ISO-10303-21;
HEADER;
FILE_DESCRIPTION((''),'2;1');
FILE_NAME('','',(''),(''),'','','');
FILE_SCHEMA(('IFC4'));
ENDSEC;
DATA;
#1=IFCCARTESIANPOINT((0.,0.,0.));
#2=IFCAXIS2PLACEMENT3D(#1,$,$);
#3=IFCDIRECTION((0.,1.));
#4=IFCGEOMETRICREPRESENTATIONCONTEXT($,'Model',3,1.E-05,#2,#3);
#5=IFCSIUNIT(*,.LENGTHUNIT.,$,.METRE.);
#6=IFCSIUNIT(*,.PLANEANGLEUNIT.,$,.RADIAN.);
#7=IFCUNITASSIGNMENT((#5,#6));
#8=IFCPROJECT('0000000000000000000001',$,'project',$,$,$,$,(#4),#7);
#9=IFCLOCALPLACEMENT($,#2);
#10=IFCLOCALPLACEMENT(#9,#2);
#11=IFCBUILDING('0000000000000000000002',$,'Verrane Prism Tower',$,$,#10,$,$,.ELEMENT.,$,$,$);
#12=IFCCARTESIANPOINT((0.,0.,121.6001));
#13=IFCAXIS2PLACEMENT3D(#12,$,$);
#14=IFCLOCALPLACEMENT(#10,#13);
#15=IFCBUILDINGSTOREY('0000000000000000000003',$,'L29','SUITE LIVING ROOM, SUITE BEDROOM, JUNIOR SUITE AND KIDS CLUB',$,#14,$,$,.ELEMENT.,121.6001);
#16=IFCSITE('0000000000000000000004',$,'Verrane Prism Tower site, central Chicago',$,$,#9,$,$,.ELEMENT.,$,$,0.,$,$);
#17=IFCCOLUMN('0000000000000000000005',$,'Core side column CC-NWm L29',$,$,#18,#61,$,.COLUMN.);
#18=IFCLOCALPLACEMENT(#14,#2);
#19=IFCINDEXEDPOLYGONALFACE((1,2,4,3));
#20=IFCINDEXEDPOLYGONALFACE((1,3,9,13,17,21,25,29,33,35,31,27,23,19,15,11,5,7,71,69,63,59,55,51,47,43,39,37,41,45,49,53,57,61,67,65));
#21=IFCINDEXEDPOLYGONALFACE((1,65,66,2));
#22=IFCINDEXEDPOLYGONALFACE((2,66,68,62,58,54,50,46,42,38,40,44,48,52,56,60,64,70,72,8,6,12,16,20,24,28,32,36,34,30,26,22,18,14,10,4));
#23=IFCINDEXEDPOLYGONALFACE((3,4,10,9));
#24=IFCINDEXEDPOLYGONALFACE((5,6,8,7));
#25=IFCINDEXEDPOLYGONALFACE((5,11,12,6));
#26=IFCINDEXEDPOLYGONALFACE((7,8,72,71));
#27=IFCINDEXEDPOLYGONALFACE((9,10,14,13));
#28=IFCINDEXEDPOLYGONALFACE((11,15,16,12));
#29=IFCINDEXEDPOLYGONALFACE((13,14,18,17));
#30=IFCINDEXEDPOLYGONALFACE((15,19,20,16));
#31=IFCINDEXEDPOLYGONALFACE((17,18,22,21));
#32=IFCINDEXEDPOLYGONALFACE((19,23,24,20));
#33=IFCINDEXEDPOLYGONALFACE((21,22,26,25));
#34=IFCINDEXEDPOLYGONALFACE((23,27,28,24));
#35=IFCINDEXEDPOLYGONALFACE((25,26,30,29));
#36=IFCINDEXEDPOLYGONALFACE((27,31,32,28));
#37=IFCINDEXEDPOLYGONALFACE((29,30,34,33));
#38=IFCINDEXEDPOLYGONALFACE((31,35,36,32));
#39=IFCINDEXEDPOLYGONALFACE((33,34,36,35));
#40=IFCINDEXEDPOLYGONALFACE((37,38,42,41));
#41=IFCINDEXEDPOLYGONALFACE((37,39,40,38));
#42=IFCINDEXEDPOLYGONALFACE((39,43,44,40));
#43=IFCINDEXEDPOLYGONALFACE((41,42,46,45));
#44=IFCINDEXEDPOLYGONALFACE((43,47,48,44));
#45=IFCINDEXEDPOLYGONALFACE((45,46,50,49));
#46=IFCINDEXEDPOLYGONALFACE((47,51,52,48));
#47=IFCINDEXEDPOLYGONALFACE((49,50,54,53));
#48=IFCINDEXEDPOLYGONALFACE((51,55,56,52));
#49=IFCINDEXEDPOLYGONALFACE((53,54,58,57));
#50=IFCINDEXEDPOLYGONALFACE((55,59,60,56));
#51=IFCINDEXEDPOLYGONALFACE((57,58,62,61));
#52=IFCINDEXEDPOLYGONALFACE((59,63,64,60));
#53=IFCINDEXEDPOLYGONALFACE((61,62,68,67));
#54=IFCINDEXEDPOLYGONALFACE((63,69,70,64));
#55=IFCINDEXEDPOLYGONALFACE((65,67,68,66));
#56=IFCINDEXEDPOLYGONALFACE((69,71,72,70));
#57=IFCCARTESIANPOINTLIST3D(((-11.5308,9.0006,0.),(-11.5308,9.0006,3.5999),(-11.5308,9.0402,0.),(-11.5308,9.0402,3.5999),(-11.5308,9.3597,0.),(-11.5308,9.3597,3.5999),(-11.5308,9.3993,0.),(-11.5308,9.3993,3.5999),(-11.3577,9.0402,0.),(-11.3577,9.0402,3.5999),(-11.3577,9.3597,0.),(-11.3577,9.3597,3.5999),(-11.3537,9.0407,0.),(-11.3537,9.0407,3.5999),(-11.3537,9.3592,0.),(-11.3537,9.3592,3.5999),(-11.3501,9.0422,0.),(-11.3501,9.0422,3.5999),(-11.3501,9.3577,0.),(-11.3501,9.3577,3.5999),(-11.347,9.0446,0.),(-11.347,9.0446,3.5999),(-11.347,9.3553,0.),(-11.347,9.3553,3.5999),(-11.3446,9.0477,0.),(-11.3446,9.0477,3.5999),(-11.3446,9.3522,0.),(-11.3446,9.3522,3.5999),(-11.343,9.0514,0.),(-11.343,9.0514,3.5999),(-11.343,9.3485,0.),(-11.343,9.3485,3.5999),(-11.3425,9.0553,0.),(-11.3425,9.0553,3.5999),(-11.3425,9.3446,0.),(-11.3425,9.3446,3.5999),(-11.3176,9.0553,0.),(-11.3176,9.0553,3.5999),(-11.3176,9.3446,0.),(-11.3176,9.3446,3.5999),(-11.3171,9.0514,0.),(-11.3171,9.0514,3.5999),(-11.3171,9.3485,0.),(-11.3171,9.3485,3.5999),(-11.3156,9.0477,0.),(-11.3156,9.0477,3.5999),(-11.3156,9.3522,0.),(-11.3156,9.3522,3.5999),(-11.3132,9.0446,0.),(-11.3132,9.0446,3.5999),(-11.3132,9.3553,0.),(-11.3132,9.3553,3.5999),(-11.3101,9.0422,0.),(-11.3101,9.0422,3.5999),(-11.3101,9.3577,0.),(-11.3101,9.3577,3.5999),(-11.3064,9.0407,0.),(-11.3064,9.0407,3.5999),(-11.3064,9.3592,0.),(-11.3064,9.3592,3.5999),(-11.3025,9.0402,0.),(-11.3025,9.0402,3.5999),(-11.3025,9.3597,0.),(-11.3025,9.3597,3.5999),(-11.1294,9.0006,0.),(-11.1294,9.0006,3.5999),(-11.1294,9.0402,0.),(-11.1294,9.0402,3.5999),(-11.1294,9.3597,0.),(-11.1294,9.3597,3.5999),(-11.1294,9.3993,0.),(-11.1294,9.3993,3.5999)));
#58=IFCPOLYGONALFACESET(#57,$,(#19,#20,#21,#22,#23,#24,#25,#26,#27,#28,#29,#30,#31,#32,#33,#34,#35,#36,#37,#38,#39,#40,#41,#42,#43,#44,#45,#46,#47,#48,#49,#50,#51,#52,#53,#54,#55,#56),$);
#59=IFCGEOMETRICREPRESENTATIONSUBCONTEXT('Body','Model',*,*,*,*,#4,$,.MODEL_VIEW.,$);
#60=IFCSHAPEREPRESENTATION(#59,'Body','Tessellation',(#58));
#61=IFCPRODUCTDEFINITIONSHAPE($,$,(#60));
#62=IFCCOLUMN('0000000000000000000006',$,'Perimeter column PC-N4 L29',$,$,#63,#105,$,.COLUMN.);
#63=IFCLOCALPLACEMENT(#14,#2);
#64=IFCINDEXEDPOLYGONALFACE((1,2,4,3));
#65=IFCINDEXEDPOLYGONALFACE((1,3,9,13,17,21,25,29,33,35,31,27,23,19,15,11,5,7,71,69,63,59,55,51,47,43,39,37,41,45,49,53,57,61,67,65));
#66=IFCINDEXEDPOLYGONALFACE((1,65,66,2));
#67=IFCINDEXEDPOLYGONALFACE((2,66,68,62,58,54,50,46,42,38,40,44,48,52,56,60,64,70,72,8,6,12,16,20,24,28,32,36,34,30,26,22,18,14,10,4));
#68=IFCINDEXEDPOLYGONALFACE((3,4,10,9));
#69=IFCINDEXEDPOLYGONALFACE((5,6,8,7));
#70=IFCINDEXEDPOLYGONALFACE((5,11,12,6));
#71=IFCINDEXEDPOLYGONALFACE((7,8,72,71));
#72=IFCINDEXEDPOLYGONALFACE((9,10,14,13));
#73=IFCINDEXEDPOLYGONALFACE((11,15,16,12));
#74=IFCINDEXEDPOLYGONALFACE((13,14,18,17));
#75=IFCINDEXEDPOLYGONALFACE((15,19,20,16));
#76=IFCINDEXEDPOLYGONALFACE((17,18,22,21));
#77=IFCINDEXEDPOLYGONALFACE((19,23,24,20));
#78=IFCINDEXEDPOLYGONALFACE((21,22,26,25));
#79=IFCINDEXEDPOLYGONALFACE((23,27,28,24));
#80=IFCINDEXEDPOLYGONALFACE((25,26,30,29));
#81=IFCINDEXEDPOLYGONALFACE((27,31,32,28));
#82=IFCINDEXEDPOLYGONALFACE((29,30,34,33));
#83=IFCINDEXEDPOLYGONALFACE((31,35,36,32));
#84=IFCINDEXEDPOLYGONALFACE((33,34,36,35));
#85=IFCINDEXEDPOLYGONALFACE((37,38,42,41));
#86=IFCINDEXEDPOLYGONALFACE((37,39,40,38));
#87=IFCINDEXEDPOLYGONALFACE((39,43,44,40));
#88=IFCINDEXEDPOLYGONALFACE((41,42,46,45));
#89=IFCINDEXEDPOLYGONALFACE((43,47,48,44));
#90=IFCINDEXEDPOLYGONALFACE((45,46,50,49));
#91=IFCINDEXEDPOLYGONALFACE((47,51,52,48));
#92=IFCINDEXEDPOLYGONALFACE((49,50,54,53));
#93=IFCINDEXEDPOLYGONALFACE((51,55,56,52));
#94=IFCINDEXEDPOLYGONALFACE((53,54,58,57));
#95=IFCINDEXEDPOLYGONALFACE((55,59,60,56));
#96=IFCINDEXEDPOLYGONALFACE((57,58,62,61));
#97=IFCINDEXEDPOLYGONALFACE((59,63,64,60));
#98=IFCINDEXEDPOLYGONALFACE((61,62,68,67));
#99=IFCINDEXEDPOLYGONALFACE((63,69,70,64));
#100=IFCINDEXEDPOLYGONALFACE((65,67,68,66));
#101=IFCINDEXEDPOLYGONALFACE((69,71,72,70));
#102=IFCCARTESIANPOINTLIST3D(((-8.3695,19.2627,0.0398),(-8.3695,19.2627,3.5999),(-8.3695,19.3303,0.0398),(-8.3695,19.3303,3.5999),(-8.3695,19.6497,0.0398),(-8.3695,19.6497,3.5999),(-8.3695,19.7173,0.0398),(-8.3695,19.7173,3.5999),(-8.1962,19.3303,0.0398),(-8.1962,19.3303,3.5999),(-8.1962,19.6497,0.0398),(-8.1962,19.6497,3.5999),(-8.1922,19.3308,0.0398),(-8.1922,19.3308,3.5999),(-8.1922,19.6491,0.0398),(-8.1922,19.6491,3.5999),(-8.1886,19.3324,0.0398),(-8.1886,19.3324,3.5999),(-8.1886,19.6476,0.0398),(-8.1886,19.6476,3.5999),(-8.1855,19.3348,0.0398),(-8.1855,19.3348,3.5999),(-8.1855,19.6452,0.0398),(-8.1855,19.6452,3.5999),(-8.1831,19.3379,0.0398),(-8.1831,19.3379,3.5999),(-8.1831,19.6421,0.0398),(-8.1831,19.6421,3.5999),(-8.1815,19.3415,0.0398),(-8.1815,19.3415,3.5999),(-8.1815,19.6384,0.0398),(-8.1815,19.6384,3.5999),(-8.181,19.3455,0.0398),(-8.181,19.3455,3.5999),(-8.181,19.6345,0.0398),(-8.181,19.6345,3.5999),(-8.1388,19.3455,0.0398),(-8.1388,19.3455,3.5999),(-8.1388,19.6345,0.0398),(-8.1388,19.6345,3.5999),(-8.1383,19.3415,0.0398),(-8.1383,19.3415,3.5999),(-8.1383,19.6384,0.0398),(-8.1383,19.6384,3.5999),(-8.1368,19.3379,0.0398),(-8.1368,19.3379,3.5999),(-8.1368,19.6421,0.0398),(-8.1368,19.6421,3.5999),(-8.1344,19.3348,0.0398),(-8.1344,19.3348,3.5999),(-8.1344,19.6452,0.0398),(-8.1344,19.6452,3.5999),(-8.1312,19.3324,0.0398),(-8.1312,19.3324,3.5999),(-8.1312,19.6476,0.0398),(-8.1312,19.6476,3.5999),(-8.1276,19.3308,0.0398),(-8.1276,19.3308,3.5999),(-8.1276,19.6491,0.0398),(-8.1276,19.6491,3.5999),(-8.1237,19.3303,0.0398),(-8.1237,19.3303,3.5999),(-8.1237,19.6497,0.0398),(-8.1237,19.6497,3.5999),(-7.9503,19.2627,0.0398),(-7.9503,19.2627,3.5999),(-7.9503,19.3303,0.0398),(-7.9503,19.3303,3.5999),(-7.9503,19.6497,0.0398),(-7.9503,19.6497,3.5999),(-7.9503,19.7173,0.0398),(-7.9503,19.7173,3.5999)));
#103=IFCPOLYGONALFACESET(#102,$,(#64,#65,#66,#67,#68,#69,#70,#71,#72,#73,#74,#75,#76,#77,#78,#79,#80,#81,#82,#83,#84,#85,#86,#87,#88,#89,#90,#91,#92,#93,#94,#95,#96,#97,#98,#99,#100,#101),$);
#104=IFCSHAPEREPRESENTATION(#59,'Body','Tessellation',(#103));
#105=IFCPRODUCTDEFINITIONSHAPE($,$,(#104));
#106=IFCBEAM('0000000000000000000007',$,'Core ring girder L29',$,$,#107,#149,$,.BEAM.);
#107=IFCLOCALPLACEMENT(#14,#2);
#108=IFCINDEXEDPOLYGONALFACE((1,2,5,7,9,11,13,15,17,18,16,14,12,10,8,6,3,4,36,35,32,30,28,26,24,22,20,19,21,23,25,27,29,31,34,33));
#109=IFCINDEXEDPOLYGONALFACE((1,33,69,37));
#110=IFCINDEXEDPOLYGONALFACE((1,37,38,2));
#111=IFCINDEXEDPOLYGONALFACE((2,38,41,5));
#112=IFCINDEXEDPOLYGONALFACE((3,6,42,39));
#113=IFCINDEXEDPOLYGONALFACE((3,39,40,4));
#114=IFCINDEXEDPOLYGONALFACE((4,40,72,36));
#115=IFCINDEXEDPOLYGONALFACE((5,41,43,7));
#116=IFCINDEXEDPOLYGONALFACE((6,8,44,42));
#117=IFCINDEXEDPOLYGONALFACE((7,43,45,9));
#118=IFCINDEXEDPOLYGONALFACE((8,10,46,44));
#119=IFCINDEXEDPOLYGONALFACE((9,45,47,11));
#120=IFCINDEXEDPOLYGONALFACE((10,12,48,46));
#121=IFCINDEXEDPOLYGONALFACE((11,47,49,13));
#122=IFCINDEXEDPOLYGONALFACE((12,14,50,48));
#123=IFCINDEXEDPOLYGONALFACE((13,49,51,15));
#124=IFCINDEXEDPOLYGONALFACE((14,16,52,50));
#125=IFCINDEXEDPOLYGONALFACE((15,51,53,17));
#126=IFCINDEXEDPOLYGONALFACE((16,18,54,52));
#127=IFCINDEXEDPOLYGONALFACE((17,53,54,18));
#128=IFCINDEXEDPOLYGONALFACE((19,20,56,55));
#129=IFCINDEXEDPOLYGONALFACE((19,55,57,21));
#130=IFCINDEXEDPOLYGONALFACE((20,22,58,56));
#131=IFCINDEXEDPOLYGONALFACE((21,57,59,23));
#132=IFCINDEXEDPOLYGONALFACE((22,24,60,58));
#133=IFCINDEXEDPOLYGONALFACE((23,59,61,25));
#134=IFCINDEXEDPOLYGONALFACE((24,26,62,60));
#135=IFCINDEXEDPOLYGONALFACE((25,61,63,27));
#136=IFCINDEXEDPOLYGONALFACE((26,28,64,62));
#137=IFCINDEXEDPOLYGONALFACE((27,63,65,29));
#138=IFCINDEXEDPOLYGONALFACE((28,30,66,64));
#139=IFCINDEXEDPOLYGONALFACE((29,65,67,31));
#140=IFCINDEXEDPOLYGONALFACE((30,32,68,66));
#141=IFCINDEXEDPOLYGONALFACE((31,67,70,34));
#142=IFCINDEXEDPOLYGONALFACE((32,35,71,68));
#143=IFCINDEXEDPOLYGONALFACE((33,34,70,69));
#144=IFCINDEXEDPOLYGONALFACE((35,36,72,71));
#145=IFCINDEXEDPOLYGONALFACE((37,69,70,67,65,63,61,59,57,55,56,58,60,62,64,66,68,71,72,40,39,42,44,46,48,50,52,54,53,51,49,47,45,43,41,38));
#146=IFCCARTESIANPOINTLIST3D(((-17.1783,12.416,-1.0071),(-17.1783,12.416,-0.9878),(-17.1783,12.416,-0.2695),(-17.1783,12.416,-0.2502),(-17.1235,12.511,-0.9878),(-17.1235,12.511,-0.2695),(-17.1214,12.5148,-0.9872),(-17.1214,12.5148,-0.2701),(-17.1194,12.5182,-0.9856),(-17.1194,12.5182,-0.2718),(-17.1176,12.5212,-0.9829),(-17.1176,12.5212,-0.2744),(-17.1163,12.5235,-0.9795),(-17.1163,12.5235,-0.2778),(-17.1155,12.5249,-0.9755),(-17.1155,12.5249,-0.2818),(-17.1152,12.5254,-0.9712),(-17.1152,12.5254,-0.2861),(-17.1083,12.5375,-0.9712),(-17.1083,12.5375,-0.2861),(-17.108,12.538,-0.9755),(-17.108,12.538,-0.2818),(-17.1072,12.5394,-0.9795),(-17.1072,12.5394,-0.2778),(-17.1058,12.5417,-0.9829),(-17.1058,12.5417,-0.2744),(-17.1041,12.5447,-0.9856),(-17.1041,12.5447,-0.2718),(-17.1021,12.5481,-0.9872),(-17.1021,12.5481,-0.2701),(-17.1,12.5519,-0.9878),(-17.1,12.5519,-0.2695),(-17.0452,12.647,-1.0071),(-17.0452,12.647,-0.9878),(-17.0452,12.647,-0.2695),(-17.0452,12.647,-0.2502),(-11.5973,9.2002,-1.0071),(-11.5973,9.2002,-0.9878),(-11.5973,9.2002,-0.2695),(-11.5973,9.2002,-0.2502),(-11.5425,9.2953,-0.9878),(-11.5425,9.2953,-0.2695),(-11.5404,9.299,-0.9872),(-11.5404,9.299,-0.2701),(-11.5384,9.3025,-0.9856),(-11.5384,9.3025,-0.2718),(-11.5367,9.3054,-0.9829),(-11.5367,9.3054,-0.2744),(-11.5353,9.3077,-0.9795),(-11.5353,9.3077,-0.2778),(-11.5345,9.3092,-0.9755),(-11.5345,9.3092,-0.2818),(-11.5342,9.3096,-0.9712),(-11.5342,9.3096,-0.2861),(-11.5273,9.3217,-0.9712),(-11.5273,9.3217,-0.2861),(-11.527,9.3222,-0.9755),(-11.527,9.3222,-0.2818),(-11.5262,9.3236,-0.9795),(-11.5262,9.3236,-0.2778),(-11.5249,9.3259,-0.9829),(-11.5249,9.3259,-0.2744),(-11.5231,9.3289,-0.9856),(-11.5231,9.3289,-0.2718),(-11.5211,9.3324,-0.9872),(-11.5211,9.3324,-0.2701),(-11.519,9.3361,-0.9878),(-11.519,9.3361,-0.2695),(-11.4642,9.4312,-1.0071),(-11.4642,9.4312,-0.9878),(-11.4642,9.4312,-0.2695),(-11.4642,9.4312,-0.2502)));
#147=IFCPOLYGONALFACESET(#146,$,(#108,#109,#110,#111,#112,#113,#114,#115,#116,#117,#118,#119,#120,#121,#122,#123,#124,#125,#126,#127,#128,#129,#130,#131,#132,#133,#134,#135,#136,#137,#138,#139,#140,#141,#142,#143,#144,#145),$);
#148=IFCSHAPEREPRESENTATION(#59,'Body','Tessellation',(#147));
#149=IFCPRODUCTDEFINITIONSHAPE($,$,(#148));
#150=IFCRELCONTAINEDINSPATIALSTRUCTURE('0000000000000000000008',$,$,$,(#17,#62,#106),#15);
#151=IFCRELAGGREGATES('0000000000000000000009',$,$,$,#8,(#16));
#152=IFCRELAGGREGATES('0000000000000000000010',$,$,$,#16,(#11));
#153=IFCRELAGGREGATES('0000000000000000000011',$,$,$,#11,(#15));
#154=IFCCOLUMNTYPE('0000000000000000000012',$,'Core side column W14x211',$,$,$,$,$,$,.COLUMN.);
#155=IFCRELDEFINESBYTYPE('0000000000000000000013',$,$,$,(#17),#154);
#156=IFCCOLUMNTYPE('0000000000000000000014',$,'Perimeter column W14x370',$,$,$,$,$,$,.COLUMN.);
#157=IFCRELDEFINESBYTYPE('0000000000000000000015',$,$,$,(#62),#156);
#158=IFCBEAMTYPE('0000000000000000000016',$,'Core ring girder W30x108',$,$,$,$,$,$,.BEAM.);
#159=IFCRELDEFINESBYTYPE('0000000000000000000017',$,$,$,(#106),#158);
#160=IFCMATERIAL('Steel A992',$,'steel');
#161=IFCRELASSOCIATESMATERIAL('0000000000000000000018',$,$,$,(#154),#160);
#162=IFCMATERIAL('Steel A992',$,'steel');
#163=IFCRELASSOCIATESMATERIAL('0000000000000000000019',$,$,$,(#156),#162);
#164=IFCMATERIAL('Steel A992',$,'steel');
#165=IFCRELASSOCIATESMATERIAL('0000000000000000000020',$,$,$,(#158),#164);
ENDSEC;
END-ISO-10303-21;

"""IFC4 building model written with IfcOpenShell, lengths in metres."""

from ifc_helpers import new_model, si_unit, direction, frame, origin, origin_2d, place, context, subcontext, project, spatial, i_section, extrude, material, material_profile, profile_set, type_object, element, save


model = new_model("IFC4")

# Units and contexts
model_context = context("Model", 3, precision=1e-05, world=origin(), true_north=direction((0.0, 1.0)))
body_context = subcontext(model_context, "Body", "Model", "MODEL_VIEW")
ifc_project = project(units=[si_unit("LENGTHUNIT", "METRE"), si_unit("PLANEANGLEUNIT", "RADIAN")], contexts=[model_context])

# Site, building, storey
site_placement = place(None, origin())
site = spatial("IfcSite", under=ifc_project, at=site_placement, Name="Verrane Prism Tower site, central Chicago", CompositionType="ELEMENT", RefElevation=0.0)
building_placement = place(site_placement, origin())
building = spatial("IfcBuilding", under=site, at=building_placement, Name="Verrane Prism Tower", CompositionType="ELEMENT")
storey_placement = place(building_placement, frame((0.0, 0.0, 121.6001)))
storey = spatial("IfcBuildingStorey", under=building, at=storey_placement, Name="L29", Description="SUITE LIVING ROOM, SUITE BEDROOM, JUNIOR SUITE AND KIDS CLUB", CompositionType="ELEMENT", Elevation=121.6001)

# Columns
ifc_material_1 = material(Name="Steel A992", Category="steel")
ifc_material_profile_1 = material_profile(ifc_material_1, i_section(OverallWidth=0.4014, OverallDepth=0.3987, WebThickness=0.0249, FlangeThickness=0.0396, FilletRadius=0.0151, at=origin_2d()), Name="W14x211")
ifc_profile_set_1 = profile_set([ifc_material_profile_1], Name="Steel A992")
column_type_1 = type_object("IfcColumnType", Name="Core side column W14x211", PredefinedType="COLUMN", material=ifc_profile_set_1)
column_1_placement = place(storey_placement, frame((-11.3301, 9.2, 0.0), z_axis=(0.0, 0.0, 1.0), x_axis=(1.0, 0.0, 0.0)))
element("IfcColumn", 1, at=column_1_placement, inside=storey, type_object=column_type_1, Name="Core side column CC-NWm L29", PredefinedType="COLUMN", context=body_context, shape_type="SweptSolid", body=[
    extrude(i_section(OverallWidth=0.4014, OverallDepth=0.3987, WebThickness=0.0249, FlangeThickness=0.0396, FilletRadius=0.0151, at=origin_2d()), origin(), (0.0, 0.0, 1.0), 3.5999),
])
ifc_material_2 = material(Name="Steel A992", Category="steel")
ifc_material_profile_2 = material_profile(ifc_material_2, i_section(OverallWidth=0.4192, OverallDepth=0.4546, WebThickness=0.0422, FlangeThickness=0.0676, FilletRadius=0.0151, at=origin_2d()), Name="W14x370")
ifc_profile_set_2 = profile_set([ifc_material_profile_2], Name="Steel A992")
column_type_2 = type_object("IfcColumnType", Name="Perimeter column W14x370", PredefinedType="COLUMN", material=ifc_profile_set_2)
column_2_placement = place(storey_placement, frame((-8.1599, 19.49, 0.0398), z_axis=(0.0, 0.0, 1.0), x_axis=(1.0, 0.0, 0.0)))
element("IfcColumn", 2, at=column_2_placement, inside=storey, type_object=column_type_2, Name="Perimeter column PC-N4 L29", PredefinedType="COLUMN", context=body_context, shape_type="SweptSolid", body=[
    extrude(i_section(OverallWidth=0.4192, OverallDepth=0.4546, WebThickness=0.0422, FlangeThickness=0.0676, FilletRadius=0.0151, at=origin_2d()), origin(), (0.0, 0.0, 1.0), 3.5601),
])

# Beam
ifc_material_3 = material(Name="Steel A992", Category="steel")
ifc_material_profile_3 = material_profile(ifc_material_3, i_section(OverallWidth=0.2666, OverallDepth=0.7568, WebThickness=0.0139, FlangeThickness=0.0193, FilletRadius=0.0166, at=origin_2d()), Name="W30x108")
ifc_profile_set_3 = profile_set([ifc_material_profile_3], Name="Steel A992")
beam_type_1 = type_object("IfcBeamType", Name="Core ring girder W30x108", PredefinedType="BEAM", material=ifc_profile_set_3)
beam_1_placement = place(storey_placement, frame((-11.5308, 9.3157, -0.6287), z_axis=(-0.866456, 0.499254, 0.0), x_axis=(-0.499254, -0.866456, 0.0)))
element("IfcBeam", 3, at=beam_1_placement, inside=storey, type_object=beam_type_1, Name="Core ring girder L29", PredefinedType="BEAM", context=body_context, shape_type="SweptSolid", body=[
    extrude(i_section(OverallWidth=0.2666, OverallDepth=0.7568, WebThickness=0.0139, FlangeThickness=0.0193, FilletRadius=0.0166, at=origin_2d()), origin(), (0.0, 0.0, 1.0), 6.4412),
])

save(model, "model.ifc")
